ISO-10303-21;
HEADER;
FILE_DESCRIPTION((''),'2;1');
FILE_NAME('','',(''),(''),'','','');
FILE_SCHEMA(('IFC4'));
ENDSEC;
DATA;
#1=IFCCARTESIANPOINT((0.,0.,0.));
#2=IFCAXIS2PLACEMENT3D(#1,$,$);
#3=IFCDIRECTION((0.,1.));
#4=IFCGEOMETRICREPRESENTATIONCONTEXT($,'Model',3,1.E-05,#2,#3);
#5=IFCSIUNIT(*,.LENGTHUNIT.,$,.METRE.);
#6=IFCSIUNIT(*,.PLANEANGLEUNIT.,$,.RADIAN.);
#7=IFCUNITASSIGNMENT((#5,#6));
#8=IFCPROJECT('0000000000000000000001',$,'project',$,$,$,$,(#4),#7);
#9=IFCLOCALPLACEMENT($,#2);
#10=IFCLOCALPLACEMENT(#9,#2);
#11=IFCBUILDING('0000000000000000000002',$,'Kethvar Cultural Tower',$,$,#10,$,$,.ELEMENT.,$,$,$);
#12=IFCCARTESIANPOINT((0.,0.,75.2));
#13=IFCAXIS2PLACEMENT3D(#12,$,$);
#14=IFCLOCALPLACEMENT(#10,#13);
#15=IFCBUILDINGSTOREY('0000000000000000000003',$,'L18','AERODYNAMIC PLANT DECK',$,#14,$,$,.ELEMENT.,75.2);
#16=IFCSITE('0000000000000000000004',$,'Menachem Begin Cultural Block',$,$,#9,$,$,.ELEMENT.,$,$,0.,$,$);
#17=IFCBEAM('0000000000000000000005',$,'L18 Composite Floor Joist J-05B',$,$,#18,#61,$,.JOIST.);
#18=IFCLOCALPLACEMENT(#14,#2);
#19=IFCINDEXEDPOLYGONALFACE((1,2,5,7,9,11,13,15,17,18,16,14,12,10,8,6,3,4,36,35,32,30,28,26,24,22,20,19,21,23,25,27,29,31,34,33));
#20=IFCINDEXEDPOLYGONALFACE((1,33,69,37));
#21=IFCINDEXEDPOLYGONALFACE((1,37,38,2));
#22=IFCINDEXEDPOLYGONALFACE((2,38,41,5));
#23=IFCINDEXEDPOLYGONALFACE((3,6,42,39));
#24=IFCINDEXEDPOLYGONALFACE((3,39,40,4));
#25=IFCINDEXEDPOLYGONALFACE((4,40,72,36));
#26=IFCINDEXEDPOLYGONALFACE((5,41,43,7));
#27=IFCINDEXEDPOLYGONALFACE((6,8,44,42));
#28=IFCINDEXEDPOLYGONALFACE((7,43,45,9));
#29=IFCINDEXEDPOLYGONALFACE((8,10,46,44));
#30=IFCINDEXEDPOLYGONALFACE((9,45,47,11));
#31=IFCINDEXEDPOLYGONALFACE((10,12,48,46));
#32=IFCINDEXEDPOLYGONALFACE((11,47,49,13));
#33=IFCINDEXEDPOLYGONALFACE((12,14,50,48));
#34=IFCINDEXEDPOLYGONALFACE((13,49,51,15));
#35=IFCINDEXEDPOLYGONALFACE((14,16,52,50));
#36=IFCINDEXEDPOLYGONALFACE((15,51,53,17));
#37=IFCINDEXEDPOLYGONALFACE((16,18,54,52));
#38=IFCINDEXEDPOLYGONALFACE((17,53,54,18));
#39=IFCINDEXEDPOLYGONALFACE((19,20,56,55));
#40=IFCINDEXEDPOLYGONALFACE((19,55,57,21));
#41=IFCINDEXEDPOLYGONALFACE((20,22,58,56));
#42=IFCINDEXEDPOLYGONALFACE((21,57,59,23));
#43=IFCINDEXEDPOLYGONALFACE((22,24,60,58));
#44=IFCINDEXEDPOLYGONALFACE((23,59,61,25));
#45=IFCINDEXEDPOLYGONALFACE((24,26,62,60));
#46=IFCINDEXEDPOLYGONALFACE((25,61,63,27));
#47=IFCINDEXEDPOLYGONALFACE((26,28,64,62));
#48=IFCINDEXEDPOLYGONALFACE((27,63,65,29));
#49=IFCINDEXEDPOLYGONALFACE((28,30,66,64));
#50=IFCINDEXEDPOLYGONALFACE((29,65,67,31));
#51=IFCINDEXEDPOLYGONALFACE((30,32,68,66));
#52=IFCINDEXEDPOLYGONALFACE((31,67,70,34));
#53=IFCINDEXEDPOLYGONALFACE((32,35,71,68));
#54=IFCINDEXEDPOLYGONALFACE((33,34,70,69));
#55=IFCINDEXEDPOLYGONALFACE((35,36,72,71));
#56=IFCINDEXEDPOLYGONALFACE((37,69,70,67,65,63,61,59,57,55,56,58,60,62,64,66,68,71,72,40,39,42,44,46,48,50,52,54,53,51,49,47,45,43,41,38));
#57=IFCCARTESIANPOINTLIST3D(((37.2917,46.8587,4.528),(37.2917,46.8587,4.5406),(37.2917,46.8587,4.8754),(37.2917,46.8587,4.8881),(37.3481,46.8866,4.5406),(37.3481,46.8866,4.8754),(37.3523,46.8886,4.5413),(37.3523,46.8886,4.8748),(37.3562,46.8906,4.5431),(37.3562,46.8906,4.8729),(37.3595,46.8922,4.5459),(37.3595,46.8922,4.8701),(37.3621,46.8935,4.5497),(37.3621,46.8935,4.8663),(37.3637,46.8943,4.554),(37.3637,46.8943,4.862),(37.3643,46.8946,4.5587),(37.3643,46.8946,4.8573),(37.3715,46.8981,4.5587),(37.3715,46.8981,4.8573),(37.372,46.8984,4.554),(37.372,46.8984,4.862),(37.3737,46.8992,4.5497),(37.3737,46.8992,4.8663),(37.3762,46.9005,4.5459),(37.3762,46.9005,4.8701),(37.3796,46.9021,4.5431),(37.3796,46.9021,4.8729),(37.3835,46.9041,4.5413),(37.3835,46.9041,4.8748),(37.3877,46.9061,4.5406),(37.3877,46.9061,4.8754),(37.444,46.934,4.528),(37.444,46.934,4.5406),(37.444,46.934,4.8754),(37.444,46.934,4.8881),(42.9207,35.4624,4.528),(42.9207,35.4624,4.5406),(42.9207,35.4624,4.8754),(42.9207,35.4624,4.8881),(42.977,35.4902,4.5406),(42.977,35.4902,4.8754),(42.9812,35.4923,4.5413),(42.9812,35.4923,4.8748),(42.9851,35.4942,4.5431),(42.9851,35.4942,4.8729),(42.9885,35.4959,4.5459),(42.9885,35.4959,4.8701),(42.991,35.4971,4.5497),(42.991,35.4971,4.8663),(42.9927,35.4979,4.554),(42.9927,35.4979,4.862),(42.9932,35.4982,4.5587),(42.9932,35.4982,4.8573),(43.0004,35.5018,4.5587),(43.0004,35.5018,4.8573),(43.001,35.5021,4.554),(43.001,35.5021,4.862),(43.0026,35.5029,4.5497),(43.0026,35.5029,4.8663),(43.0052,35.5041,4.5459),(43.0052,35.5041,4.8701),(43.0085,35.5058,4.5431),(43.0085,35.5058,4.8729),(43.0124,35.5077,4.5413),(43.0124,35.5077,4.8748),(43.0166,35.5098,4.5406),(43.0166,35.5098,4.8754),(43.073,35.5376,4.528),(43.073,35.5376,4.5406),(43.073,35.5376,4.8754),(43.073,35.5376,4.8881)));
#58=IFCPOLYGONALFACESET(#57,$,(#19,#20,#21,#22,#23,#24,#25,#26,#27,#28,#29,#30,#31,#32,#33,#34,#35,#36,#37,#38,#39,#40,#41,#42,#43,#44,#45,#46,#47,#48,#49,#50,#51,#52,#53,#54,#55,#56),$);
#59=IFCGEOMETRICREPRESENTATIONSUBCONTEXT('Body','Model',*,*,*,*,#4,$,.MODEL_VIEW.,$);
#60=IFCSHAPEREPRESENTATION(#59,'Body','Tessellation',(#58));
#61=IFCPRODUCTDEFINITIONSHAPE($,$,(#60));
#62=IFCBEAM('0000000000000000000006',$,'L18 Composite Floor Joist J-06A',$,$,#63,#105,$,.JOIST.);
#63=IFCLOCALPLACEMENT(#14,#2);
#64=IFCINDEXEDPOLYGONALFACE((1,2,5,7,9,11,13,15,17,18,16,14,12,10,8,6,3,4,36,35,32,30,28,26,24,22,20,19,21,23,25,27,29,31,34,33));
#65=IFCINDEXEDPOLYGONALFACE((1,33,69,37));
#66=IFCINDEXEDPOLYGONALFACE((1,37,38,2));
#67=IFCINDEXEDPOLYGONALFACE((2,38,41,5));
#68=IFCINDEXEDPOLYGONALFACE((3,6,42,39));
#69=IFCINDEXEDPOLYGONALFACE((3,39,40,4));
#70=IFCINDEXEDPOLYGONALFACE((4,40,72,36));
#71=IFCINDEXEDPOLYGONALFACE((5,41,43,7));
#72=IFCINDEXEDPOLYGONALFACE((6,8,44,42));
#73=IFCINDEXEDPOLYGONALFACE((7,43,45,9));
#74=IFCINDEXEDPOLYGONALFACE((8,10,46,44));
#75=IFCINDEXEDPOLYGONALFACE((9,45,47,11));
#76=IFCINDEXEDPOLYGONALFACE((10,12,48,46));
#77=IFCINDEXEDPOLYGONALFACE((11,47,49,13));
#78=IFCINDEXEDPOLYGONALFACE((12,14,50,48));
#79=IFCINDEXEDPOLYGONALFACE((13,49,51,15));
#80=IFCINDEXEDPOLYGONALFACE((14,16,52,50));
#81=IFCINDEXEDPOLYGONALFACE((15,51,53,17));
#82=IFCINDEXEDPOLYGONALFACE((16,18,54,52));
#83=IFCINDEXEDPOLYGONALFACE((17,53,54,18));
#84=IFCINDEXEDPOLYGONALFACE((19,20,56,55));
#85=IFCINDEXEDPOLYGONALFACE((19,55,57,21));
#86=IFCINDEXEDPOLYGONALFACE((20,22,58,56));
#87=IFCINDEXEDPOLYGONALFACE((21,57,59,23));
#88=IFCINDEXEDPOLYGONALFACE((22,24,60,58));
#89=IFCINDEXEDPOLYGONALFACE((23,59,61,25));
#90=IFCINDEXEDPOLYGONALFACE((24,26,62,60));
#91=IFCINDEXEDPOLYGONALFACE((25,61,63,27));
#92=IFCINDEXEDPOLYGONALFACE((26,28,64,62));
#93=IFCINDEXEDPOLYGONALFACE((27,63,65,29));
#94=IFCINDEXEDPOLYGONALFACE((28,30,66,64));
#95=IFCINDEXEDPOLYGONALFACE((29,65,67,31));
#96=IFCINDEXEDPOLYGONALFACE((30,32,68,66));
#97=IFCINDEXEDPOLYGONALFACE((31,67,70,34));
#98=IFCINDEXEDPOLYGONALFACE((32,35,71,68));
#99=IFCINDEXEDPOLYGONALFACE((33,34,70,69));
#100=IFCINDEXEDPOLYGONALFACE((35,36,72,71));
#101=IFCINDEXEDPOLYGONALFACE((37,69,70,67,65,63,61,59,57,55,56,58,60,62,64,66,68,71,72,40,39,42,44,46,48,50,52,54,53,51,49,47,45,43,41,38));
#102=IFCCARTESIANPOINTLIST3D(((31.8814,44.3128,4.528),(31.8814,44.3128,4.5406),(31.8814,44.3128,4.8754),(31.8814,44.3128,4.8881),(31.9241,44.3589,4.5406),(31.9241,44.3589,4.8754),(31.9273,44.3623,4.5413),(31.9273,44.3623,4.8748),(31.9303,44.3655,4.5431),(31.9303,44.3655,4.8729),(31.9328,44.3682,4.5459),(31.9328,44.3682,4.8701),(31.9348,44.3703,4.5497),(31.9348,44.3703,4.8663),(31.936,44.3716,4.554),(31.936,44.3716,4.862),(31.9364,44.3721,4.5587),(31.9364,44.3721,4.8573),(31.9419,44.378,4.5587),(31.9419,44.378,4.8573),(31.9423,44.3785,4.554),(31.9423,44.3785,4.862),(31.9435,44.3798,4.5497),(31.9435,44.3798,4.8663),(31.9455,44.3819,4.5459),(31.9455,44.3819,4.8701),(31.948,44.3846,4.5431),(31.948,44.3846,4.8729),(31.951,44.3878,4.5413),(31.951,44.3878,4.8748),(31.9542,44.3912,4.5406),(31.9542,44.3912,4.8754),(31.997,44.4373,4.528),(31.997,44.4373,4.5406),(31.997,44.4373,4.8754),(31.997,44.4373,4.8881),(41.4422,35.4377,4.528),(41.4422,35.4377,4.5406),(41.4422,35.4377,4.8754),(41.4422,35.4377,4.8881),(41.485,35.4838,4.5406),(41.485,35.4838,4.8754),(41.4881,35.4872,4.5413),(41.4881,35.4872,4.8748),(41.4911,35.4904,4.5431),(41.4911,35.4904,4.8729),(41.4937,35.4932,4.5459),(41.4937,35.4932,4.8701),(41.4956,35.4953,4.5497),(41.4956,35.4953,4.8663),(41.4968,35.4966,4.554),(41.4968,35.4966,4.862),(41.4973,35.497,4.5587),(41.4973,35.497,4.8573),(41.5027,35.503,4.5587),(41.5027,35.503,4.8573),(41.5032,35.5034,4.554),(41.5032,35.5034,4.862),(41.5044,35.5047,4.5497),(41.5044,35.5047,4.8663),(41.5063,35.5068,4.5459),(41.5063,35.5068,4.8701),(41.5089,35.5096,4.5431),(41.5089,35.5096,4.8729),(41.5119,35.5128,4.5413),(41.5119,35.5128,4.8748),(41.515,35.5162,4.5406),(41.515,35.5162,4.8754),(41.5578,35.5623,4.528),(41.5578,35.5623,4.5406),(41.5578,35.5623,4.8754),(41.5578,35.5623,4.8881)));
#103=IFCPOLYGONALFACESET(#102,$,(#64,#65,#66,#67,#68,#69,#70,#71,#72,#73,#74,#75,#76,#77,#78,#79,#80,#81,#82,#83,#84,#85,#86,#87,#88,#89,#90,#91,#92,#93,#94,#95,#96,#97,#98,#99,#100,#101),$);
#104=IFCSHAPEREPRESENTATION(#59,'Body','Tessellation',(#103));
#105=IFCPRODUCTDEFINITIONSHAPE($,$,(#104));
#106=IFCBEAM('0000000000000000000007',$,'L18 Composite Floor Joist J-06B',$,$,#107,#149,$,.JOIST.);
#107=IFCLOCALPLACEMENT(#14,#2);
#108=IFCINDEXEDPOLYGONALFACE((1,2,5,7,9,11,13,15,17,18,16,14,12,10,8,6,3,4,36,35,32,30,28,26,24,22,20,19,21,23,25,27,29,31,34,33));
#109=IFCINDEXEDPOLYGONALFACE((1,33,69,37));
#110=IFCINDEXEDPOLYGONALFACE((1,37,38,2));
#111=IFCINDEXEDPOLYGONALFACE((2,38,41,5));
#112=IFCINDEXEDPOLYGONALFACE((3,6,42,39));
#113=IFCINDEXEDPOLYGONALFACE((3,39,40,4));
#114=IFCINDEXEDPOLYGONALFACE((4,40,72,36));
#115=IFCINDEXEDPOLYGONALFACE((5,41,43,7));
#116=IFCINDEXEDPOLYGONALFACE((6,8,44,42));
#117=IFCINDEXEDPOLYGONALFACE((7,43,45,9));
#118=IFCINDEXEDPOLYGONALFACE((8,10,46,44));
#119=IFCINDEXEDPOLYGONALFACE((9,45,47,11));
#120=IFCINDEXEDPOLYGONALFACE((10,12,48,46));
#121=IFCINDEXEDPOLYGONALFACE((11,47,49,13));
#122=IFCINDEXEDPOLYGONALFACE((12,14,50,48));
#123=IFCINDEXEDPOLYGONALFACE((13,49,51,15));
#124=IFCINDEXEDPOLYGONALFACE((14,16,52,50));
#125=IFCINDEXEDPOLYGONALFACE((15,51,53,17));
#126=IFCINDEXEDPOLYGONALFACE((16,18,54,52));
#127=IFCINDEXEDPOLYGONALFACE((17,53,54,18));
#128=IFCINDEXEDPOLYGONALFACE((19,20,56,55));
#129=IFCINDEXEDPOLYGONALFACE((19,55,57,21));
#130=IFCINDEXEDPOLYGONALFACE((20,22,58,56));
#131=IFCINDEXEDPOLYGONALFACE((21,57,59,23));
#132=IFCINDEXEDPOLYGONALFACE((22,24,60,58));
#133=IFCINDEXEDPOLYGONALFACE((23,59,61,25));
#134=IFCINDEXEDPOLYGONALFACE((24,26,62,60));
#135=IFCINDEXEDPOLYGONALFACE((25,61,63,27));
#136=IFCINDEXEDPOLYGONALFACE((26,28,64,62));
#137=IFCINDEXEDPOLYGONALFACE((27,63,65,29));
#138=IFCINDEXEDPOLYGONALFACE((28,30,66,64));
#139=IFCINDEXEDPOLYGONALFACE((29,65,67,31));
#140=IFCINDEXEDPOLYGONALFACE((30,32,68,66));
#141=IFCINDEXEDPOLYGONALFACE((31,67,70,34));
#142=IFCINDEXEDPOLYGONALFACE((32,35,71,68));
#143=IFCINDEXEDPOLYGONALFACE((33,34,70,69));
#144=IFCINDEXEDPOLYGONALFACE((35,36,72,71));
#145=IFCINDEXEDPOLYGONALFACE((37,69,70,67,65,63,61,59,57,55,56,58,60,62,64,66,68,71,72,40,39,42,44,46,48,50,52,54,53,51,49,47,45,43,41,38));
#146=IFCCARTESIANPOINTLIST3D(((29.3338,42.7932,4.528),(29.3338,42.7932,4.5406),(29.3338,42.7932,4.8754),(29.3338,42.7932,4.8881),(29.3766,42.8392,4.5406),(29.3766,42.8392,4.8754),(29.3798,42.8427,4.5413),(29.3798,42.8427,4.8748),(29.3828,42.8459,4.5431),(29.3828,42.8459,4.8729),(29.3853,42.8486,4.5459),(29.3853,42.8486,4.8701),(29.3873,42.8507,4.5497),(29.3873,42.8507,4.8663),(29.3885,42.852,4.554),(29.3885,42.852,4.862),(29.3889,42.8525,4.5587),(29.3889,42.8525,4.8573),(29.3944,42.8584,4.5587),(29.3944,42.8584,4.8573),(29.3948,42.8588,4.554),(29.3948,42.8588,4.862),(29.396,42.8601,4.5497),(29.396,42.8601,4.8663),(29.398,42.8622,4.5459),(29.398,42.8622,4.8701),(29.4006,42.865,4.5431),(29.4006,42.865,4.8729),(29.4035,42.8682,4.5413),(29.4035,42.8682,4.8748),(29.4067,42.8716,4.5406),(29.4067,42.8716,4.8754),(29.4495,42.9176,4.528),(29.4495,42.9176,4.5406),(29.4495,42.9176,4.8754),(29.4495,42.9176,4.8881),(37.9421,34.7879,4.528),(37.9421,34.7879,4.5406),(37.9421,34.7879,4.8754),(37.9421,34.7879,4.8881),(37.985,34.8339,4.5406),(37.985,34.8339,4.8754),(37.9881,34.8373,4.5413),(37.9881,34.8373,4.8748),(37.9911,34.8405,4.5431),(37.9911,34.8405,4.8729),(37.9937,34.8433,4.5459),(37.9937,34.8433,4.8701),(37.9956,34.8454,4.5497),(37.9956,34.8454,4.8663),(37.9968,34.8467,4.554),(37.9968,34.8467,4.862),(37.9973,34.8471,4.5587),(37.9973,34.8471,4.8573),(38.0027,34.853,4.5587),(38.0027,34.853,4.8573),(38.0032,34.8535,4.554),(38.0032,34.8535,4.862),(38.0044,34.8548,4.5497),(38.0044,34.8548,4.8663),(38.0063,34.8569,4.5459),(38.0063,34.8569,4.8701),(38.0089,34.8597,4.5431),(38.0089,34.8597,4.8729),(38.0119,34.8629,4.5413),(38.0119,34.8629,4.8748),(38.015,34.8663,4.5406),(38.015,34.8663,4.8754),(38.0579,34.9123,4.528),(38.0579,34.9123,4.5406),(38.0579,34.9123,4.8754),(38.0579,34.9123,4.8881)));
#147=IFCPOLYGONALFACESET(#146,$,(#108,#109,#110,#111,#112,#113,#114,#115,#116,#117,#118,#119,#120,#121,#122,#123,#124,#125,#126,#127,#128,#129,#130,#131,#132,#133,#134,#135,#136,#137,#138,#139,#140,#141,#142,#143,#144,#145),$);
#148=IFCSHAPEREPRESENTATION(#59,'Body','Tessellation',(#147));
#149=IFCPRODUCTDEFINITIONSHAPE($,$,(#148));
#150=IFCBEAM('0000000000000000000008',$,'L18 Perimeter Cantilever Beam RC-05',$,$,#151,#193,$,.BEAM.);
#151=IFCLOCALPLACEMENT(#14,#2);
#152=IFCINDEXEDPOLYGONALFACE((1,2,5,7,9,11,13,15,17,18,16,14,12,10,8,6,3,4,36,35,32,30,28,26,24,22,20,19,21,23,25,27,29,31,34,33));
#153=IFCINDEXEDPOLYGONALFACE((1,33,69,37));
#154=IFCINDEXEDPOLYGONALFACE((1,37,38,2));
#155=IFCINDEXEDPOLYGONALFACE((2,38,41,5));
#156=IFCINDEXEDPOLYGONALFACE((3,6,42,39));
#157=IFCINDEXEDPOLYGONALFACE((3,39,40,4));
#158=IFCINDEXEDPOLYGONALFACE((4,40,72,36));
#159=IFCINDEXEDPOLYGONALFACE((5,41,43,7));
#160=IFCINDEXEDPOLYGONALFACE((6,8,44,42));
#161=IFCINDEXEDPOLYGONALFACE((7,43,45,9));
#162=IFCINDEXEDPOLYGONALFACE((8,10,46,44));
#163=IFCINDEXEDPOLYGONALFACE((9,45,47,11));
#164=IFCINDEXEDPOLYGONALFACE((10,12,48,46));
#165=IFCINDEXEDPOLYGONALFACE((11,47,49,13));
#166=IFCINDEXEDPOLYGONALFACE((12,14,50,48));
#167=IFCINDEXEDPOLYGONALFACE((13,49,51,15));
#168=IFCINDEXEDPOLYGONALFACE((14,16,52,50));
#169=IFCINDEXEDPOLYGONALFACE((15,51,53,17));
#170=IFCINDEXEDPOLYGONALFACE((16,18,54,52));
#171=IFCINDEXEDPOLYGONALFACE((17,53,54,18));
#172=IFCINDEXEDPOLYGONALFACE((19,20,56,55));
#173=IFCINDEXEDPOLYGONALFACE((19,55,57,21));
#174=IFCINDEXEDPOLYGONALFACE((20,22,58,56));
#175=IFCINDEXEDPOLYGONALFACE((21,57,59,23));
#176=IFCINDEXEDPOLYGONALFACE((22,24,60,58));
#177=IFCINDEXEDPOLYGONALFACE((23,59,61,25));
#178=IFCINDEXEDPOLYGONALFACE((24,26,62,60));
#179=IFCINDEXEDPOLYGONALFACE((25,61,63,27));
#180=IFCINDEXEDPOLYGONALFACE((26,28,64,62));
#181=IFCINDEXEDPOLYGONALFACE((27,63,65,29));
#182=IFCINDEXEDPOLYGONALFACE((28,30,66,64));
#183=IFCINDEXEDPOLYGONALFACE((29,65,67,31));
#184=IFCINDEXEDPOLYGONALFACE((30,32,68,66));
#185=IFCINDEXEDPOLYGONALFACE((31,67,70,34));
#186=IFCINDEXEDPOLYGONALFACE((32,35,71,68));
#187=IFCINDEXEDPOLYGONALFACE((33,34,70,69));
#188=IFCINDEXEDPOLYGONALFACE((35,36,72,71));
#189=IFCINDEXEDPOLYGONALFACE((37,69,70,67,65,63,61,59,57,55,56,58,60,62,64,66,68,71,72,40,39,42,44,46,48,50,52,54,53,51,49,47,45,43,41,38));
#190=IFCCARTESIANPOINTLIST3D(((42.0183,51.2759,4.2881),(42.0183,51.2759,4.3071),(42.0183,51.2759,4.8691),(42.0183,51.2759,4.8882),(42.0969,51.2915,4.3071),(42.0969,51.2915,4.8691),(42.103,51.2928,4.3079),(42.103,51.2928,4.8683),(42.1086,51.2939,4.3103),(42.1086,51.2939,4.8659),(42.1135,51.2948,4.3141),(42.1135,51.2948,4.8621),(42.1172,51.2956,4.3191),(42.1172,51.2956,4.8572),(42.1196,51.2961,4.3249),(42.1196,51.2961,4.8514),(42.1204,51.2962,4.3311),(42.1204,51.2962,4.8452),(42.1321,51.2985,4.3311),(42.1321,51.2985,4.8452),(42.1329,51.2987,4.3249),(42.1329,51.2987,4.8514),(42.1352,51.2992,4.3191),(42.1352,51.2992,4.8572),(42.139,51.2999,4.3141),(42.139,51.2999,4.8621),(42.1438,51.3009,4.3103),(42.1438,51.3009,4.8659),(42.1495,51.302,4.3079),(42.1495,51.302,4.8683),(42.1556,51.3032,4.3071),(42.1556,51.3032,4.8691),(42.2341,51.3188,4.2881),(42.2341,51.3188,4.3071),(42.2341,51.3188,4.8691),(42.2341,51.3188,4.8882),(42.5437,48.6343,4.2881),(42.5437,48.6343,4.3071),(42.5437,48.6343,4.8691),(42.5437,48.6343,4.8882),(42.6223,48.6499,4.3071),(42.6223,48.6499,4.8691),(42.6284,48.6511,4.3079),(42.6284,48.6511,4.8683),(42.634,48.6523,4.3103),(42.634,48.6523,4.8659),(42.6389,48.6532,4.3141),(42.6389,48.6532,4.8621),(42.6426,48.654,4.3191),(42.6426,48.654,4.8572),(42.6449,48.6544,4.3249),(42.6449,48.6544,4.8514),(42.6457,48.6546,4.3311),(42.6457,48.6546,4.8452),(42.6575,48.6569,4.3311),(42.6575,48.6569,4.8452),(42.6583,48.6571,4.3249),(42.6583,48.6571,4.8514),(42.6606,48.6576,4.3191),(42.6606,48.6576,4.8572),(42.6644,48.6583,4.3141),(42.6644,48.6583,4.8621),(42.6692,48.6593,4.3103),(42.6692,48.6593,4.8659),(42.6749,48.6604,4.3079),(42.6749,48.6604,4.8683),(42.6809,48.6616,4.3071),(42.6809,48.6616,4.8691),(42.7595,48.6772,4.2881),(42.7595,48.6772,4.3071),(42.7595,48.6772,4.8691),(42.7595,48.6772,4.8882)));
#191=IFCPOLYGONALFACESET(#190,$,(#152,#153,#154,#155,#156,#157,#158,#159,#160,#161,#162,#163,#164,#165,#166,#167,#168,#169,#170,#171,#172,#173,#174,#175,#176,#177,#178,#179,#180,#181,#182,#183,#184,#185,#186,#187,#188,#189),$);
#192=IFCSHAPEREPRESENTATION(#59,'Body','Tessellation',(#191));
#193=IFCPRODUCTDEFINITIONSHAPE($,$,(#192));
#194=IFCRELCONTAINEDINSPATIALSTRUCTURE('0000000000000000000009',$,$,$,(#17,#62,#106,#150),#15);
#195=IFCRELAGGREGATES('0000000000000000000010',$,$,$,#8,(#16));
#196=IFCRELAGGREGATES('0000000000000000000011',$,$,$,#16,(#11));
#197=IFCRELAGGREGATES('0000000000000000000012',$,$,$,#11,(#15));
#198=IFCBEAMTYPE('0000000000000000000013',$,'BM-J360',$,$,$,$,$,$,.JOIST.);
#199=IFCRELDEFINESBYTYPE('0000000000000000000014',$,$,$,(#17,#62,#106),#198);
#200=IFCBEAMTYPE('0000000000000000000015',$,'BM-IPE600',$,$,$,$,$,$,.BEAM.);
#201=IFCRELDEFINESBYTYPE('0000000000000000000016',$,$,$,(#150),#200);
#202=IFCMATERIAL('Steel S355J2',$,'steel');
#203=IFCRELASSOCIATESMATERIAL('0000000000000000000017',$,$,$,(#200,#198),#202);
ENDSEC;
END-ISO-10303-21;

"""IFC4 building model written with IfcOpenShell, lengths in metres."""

from ifc_helpers import new_model, si_unit, direction, frame, origin, origin_2d, place, context, subcontext, project, spatial, i_section, extrude, source, transform, mapped, material, material_profile, profile_set, type_object, element, save


model = new_model("IFC4")

# Units and contexts
model_context = context("Model", 3, precision=1e-05, world=origin(), true_north=direction((0.0, 1.0)))
body_context = subcontext(model_context, "Body", "Model", "MODEL_VIEW")
ifc_project = project(units=[si_unit("LENGTHUNIT", "METRE"), si_unit("PLANEANGLEUNIT", "RADIAN")], contexts=[model_context])

# Site, building, storey
site_placement = place(None, origin())
site = spatial("IfcSite", under=ifc_project, at=site_placement, Name="Menachem Begin Cultural Block", CompositionType="ELEMENT", RefElevation=0.0)
building_placement = place(site_placement, origin())
building = spatial("IfcBuilding", under=site, at=building_placement, Name="Kethvar Cultural Tower", CompositionType="ELEMENT")
storey_placement = place(building_placement, frame((0.0, 0.0, 75.2)))
storey = spatial("IfcBuildingStorey", under=building, at=storey_placement, Name="L18", Description="AERODYNAMIC PLANT DECK", CompositionType="ELEMENT", Elevation=75.2)

# Beams
ifc_material_1 = material(Name="Steel S355J2", Category="steel")
ifc_material_profile_1 = material_profile(ifc_material_1, i_section(OverallWidth=0.22, OverallDepth=0.6001, WebThickness=0.012, FlangeThickness=0.019, FilletRadius=0.0239, at=origin_2d()), Name="Steel S355J2 — IPE600")
ifc_profile_set_1 = profile_set([ifc_material_profile_1], Name="Steel S355J2 — IPE600")
beam_type_1 = type_object("IfcBeamType", Name="BM-IPE600", PredefinedType="BEAM", material=ifc_profile_set_1)
ifc_material_profile_2 = material_profile(ifc_material_1, i_section(OverallWidth=0.1699, OverallDepth=0.3601, WebThickness=0.0081, FlangeThickness=0.0127, FilletRadius=0.0181, at=origin_2d()), Name="Steel S355J2 — IPE360")
ifc_profile_set_2 = profile_set([ifc_material_profile_2], Name="Steel S355J2 — IPE360")
beam_type_2 = type_object("IfcBeamType", Name="BM-J360", PredefinedType="JOIST", material=ifc_profile_set_2)
shared_shape_1 = source(origin(), body_context, "Body", "SweptSolid", [
    extrude(i_section(OverallWidth=0.1699, OverallDepth=0.3601, WebThickness=0.0081, FlangeThickness=0.0127, FilletRadius=0.0181, at=origin_2d()), origin(), (0.0, 0.0, 1.0), 12.7107),
])
beam_1_placement = place(storey_placement, frame((42.9968, 35.5, 4.708), z_axis=(-0.442852, 0.896595, 0.0), x_axis=(-0.896595, -0.442852, 0.0)))
element("IfcBeam", 1, at=beam_1_placement, inside=storey, type_object=beam_type_2, Name="L18 Composite Floor Joist J-05B", PredefinedType="JOIST", context=body_context, shape_type="MappedRepresentation", body=[
    mapped(shared_shape_1, transform((0.0, 0.0, 0.0), scale=1.0)),
])
shared_shape_2 = source(origin(), body_context, "Body", "SweptSolid", [
    extrude(i_section(OverallWidth=0.1699, OverallDepth=0.3601, WebThickness=0.0081, FlangeThickness=0.0127, FilletRadius=0.0181, at=origin_2d()), origin(), (0.0, 0.0, 1.0), 13.0452),
])
beam_2_placement = place(storey_placement, frame((41.5, 35.5, 4.708), z_axis=(-0.732903, 0.680333, 0.0), x_axis=(-0.680333, -0.732903, 0.0)))
element("IfcBeam", 2, at=beam_2_placement, inside=storey, type_object=beam_type_2, Name="L18 Composite Floor Joist J-06A", PredefinedType="JOIST", context=body_context, shape_type="MappedRepresentation", body=[
    mapped(shared_shape_2, transform((0.0, 0.0, 0.0), scale=1.0)),
])
shared_shape_3 = source(origin(), body_context, "Body", "SweptSolid", [
    extrude(i_section(OverallWidth=0.1699, OverallDepth=0.3601, WebThickness=0.0081, FlangeThickness=0.0127, FilletRadius=0.0181, at=origin_2d()), origin(), (0.0, 0.0, 1.0), 11.7554),
])
beam_3_placement = place(storey_placement, frame((38.0, 34.8501, 4.708), z_axis=(-0.73229, 0.680993, 0.0), x_axis=(-0.680993, -0.73229, 0.0)))
element("IfcBeam", 3, at=beam_3_placement, inside=storey, type_object=beam_type_2, Name="L18 Composite Floor Joist J-06B", PredefinedType="JOIST", context=body_context, shape_type="MappedRepresentation", body=[
    mapped(shared_shape_3, transform((0.0, 0.0, 0.0), scale=1.0)),
])
shared_shape_4 = source(origin(), body_context, "Body", "SweptSolid", [
    extrude(i_section(OverallWidth=0.22, OverallDepth=0.6001, WebThickness=0.012, FlangeThickness=0.019, FilletRadius=0.0239, at=origin_2d()), origin(), (0.0, 0.0, 1.0), 2.6934),
])
beam_4_placement = place(storey_placement, frame((42.6516, 48.6558, 4.5881), z_axis=(-0.19507, 0.980789, 0.0), x_axis=(-0.980789, -0.19507, 0.0)))
element("IfcBeam", 4, at=beam_4_placement, inside=storey, type_object=beam_type_1, Name="L18 Perimeter Cantilever Beam RC-05", PredefinedType="BEAM", context=body_context, shape_type="MappedRepresentation", body=[
    mapped(shared_shape_4, transform((0.0, 0.0, 0.0), scale=1.0)),
])

save(model, "model.ifc")
